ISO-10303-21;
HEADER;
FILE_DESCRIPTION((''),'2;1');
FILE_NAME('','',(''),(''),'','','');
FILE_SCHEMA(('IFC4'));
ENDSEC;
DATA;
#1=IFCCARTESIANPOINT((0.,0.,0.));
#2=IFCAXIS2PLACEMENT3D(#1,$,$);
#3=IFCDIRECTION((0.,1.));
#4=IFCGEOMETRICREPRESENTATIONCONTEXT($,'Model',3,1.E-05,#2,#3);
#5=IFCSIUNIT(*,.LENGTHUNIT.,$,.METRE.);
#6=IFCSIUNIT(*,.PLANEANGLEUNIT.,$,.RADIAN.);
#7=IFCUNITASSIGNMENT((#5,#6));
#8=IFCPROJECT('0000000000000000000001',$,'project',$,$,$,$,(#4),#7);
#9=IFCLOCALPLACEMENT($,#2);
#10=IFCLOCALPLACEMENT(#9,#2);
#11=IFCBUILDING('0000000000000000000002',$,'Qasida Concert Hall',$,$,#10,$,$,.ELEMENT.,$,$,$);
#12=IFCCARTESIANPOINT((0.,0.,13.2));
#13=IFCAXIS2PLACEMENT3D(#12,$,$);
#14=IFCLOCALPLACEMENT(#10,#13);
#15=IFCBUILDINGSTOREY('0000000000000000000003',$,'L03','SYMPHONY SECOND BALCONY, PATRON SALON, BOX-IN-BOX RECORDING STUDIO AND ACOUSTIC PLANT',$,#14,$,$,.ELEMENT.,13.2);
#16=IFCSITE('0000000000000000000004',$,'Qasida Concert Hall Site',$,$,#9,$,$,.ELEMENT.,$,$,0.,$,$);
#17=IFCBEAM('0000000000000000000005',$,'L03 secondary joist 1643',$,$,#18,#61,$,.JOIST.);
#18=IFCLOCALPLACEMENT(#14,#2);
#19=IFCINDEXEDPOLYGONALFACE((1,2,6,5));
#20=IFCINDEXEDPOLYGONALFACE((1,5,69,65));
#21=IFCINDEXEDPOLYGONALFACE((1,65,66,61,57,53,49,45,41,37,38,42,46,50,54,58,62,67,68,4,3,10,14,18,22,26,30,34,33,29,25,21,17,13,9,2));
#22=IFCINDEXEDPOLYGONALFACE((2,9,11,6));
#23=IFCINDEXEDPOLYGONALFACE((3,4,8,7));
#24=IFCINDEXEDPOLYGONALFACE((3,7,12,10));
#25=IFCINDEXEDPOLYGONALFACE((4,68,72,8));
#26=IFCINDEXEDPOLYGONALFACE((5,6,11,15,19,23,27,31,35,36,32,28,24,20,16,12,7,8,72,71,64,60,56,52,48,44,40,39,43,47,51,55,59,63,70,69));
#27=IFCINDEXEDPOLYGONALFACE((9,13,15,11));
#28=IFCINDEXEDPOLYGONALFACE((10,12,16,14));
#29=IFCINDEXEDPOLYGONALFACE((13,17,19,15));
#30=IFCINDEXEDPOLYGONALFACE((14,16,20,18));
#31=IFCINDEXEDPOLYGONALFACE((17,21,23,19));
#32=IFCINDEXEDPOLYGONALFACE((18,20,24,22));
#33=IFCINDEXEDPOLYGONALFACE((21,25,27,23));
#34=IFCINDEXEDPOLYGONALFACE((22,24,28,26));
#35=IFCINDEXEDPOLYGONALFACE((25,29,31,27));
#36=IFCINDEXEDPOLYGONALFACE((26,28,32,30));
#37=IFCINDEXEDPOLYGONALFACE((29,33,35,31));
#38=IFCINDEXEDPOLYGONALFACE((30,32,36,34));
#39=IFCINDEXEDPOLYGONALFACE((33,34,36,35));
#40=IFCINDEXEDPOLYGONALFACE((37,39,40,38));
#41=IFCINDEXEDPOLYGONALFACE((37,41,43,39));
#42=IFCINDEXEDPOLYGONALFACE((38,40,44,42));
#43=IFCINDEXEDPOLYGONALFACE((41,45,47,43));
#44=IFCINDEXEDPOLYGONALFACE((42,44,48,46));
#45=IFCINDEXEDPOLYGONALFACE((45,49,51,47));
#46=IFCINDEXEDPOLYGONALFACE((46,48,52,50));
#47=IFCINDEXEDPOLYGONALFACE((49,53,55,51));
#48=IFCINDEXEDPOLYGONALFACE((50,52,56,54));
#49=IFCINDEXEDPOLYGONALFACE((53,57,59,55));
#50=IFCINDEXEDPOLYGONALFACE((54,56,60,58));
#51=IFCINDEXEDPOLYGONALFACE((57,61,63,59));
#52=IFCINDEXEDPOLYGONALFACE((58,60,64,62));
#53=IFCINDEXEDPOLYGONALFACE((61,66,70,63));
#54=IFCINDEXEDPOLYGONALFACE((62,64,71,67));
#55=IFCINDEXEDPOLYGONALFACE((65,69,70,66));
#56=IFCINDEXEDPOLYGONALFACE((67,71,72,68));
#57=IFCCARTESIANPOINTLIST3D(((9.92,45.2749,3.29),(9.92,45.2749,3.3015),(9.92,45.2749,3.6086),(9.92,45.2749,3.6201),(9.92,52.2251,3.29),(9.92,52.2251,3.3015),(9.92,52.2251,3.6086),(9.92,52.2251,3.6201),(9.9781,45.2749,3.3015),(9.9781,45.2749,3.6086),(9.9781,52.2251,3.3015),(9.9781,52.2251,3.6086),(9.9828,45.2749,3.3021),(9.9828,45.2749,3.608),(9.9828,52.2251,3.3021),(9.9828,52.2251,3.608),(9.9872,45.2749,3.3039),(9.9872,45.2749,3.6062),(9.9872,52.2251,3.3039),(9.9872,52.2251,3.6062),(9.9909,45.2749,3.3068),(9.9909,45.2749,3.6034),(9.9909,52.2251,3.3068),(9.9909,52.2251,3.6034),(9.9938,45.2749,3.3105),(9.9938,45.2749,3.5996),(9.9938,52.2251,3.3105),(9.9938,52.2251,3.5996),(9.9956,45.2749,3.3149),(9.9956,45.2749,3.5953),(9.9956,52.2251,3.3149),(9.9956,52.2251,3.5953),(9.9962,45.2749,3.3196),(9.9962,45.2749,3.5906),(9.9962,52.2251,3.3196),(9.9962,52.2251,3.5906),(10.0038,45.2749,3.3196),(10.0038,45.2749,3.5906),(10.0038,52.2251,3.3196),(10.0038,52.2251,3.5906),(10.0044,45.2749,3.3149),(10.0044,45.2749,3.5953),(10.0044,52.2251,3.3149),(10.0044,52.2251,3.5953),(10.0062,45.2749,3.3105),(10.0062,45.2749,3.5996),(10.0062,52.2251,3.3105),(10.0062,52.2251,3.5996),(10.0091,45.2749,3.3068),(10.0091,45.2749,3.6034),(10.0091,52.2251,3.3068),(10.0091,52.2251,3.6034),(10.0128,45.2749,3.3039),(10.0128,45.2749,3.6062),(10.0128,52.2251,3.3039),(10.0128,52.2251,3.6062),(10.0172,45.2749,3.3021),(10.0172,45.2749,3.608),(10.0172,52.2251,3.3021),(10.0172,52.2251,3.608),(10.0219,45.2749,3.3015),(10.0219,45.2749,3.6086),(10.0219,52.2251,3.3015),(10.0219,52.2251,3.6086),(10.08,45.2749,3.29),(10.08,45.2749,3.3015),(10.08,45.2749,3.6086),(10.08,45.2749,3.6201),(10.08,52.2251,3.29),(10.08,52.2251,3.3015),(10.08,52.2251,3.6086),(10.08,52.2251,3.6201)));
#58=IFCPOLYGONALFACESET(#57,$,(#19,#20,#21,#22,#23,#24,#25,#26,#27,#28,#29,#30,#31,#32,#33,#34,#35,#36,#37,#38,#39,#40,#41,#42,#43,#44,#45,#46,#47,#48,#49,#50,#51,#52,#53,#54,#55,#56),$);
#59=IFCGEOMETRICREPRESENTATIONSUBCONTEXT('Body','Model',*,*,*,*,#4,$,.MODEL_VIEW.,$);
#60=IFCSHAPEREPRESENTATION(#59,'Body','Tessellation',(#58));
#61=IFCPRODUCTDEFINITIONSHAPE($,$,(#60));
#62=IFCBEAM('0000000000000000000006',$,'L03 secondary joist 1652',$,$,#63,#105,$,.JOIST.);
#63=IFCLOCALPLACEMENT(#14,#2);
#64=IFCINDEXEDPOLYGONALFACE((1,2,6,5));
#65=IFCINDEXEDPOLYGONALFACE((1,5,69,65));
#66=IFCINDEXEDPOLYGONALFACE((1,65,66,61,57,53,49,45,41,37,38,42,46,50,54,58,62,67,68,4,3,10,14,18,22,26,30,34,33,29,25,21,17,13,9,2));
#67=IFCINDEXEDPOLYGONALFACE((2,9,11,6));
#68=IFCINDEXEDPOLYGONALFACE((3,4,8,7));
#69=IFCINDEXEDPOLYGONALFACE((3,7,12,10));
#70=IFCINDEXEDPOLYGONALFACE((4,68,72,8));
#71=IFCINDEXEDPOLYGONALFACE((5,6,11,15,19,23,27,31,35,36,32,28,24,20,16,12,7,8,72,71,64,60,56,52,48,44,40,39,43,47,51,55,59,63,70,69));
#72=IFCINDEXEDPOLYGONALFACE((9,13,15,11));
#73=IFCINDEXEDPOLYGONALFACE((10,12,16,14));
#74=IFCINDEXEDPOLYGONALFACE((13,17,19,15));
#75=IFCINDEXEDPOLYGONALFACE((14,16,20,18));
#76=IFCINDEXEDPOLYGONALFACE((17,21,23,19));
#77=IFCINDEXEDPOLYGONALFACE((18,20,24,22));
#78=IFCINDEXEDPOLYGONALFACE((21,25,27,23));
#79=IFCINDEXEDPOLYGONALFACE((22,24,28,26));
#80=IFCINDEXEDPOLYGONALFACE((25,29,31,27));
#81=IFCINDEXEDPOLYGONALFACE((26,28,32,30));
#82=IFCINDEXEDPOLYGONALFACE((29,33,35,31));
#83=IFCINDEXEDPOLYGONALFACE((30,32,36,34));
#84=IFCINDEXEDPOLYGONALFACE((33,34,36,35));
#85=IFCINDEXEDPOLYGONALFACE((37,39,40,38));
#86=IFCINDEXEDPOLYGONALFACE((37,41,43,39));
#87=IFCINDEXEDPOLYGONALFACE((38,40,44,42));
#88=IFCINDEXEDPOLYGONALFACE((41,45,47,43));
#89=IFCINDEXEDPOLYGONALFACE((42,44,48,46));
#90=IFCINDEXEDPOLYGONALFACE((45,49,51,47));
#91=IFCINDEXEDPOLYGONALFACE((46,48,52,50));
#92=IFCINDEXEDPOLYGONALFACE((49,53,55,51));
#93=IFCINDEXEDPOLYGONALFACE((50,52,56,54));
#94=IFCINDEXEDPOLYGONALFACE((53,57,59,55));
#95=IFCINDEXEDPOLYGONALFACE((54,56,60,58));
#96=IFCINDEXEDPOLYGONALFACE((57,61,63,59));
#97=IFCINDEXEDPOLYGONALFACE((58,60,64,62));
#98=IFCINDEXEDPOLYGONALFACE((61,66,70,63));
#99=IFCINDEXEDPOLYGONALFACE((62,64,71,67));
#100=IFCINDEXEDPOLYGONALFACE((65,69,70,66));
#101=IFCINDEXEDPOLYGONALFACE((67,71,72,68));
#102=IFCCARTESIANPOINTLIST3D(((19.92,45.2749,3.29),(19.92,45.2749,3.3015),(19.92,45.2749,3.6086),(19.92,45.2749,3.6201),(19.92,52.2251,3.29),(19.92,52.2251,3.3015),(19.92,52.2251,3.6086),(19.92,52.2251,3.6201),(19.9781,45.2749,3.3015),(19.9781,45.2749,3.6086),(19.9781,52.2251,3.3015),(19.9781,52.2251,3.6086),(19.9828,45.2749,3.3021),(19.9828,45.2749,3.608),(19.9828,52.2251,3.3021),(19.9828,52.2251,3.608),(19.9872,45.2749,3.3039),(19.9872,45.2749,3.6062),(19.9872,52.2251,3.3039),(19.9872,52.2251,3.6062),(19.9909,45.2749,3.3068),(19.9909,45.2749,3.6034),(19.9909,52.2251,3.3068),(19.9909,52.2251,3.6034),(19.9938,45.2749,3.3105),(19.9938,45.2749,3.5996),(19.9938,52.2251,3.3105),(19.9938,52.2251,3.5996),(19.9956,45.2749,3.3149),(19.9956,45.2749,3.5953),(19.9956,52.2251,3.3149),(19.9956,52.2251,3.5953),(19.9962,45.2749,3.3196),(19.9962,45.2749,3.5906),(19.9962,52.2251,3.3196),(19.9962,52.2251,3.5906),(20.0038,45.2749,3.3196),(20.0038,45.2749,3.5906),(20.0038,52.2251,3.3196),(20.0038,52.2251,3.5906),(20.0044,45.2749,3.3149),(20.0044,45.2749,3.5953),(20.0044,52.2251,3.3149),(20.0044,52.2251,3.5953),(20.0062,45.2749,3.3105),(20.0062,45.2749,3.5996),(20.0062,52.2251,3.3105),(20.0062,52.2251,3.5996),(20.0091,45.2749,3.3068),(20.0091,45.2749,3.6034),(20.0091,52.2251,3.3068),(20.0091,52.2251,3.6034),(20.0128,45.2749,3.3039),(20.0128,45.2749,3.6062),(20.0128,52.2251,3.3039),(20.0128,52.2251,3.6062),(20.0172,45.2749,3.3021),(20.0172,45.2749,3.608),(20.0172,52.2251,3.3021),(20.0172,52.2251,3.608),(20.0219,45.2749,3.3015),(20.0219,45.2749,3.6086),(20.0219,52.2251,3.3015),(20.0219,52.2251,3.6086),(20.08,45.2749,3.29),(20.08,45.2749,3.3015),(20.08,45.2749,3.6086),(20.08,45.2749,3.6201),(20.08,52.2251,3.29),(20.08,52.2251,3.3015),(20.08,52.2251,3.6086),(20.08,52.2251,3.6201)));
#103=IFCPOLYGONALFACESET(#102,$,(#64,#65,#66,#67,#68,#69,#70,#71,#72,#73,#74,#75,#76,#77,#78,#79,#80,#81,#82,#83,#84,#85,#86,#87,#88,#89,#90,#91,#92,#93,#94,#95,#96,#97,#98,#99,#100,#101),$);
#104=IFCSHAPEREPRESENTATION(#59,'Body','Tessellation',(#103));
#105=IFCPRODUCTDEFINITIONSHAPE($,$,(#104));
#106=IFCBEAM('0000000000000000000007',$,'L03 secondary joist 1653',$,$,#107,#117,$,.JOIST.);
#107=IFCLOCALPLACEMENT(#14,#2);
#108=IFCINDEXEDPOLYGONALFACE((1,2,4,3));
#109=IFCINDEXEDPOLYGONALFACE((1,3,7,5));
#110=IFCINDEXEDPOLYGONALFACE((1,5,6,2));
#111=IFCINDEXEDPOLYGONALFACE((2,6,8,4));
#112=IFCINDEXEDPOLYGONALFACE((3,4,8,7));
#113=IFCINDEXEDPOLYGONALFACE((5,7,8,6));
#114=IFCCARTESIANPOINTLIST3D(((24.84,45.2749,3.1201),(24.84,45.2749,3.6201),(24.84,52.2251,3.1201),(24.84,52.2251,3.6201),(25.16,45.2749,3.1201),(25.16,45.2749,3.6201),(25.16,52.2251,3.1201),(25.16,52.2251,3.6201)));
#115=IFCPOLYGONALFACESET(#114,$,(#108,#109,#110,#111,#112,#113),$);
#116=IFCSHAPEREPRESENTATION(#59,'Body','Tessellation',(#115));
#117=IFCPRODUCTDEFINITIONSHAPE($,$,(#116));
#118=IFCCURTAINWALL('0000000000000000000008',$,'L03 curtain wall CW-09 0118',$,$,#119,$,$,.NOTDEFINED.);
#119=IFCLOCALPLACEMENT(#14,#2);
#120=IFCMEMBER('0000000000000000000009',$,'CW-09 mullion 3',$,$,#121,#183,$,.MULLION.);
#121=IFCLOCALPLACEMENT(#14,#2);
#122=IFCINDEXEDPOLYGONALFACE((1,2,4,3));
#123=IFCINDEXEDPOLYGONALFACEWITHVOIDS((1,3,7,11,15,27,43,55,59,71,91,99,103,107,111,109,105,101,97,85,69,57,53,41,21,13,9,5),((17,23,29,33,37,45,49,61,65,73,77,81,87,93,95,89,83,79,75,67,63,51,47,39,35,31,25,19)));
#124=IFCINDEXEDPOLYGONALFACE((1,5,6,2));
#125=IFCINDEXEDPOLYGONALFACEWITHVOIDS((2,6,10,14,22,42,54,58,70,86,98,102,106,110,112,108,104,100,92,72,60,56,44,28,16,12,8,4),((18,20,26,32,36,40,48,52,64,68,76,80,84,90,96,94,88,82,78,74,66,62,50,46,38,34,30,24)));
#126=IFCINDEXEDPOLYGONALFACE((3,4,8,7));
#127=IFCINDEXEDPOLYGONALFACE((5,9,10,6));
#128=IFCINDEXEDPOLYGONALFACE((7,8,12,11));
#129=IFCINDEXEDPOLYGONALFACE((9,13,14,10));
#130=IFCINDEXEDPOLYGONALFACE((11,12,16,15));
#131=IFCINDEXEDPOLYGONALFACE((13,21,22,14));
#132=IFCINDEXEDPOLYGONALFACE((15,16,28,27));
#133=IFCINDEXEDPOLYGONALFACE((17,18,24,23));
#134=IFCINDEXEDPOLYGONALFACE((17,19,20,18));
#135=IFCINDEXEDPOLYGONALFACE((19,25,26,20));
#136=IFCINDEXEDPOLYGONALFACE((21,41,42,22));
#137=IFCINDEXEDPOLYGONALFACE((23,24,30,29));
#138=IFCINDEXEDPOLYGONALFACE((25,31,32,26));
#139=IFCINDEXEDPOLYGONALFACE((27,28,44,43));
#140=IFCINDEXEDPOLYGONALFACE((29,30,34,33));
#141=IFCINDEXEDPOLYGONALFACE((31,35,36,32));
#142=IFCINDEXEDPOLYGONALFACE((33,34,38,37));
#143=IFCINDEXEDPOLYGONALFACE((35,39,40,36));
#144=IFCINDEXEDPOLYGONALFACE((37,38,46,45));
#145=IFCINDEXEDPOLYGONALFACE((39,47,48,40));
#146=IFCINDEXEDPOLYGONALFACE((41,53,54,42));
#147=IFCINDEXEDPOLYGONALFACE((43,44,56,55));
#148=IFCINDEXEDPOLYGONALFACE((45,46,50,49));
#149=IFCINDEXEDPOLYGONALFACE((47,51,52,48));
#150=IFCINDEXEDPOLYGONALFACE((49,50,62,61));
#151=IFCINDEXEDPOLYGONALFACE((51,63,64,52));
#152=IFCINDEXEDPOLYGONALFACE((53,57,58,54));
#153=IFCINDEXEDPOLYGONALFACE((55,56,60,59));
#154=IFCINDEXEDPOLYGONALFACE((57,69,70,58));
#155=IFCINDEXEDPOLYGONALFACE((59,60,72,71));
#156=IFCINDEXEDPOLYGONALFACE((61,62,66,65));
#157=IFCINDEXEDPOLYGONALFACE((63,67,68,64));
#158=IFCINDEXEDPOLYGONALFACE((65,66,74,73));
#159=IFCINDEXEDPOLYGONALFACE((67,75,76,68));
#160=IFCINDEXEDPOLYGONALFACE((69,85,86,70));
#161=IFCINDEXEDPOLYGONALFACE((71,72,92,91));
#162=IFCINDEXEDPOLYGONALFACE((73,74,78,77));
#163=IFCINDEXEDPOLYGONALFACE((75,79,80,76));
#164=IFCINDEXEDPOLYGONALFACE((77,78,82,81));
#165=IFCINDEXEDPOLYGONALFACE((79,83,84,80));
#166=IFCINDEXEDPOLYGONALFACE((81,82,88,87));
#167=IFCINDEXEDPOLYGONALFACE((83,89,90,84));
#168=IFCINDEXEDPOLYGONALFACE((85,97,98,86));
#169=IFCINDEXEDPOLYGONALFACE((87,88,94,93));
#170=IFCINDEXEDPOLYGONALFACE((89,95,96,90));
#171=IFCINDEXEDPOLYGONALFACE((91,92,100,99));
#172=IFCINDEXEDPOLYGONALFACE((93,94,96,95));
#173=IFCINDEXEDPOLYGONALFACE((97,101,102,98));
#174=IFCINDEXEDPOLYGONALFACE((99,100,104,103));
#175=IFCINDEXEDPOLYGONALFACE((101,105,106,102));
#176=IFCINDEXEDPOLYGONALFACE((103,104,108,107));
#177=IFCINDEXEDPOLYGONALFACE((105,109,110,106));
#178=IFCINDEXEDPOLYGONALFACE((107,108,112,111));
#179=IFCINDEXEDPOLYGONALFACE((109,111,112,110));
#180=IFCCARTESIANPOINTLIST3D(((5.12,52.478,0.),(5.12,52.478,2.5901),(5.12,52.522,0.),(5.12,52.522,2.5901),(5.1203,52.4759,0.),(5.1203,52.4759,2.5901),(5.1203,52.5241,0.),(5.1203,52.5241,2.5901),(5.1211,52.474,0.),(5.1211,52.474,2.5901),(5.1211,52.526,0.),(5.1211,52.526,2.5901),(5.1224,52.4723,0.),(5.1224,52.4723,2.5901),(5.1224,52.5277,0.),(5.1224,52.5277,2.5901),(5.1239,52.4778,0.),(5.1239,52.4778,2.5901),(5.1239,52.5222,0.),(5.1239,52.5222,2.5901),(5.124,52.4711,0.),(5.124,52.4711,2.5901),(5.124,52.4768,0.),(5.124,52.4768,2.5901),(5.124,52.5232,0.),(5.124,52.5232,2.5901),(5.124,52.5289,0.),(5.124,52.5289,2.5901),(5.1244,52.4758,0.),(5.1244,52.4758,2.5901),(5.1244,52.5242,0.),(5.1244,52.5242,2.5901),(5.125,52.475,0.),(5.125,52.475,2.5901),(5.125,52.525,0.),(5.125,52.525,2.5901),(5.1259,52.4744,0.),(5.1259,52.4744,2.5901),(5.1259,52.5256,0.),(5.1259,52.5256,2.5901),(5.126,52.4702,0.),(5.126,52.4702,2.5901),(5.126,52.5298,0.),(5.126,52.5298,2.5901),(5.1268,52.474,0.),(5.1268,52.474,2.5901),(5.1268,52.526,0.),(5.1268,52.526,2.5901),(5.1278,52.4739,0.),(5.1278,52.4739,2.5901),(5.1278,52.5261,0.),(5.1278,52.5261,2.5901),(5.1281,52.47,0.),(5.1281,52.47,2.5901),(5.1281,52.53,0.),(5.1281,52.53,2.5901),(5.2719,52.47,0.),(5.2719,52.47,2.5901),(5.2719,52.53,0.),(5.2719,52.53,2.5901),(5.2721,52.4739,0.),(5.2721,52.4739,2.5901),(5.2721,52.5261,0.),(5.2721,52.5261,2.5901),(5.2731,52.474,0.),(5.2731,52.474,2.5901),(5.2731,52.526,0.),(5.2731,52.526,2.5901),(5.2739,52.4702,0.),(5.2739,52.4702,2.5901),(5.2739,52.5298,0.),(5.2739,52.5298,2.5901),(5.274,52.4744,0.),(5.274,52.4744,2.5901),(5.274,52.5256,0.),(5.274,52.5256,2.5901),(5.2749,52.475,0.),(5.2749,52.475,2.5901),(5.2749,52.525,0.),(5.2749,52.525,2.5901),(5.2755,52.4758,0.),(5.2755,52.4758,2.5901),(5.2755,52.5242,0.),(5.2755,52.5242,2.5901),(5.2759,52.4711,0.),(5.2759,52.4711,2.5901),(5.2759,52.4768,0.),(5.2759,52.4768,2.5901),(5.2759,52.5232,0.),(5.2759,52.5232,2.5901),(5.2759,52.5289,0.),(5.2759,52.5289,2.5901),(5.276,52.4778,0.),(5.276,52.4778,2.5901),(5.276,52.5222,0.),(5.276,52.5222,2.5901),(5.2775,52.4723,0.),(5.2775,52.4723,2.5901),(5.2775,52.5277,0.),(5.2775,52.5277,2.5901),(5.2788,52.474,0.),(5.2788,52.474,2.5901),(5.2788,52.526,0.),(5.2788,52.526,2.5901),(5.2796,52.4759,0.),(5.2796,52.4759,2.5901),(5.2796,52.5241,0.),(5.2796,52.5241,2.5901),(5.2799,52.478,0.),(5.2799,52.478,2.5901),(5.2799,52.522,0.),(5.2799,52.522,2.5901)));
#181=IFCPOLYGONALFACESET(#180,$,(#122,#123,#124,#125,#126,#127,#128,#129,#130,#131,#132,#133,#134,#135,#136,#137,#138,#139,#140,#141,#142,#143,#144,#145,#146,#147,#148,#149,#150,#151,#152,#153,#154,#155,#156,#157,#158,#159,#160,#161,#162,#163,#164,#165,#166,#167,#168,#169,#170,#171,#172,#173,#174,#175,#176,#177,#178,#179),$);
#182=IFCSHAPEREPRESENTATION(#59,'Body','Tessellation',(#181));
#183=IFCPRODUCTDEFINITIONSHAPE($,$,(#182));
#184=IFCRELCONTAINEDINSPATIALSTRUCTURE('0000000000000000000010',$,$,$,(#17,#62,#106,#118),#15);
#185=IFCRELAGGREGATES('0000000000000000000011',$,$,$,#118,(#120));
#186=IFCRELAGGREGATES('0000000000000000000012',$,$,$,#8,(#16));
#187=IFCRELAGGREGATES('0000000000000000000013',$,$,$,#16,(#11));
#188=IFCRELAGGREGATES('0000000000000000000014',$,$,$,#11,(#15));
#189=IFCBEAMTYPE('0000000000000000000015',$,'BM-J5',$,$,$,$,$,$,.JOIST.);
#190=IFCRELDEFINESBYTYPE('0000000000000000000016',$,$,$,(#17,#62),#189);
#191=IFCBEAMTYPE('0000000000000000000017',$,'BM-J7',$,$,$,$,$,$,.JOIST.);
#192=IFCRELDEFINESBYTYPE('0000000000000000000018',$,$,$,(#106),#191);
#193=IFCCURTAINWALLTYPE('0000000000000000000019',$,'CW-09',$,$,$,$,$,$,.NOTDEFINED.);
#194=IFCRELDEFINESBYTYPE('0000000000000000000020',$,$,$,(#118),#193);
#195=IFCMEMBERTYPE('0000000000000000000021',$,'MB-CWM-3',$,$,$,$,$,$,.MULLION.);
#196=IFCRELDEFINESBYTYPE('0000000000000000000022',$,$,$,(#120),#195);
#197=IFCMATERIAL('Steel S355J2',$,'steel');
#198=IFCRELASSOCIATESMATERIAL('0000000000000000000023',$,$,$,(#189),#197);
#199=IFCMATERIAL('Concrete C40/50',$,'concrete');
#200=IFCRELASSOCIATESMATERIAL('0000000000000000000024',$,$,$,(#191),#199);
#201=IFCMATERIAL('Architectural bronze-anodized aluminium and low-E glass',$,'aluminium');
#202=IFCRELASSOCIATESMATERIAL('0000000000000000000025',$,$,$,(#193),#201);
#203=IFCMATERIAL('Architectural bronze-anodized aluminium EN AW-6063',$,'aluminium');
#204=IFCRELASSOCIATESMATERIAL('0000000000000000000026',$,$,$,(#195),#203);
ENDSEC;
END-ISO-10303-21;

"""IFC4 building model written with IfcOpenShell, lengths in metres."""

from ifc_helpers import new_model, si_unit, direction, frame, origin, origin_2d, place, context, subcontext, project, spatial, rectangle, hollow_rectangle, i_section, extrude, material, material_profile, profile_set, type_object, element, aggregate, save


model = new_model("IFC4")

# Units and contexts
model_context = context("Model", 3, precision=1e-05, world=origin(), true_north=direction((0.0, 1.0)))
body_context = subcontext(model_context, "Body", "Model", "MODEL_VIEW")
ifc_project = project(units=[si_unit("LENGTHUNIT", "METRE"), si_unit("PLANEANGLEUNIT", "RADIAN")], contexts=[model_context])

# Site, building, storey
site_placement = place(None, origin())
site = spatial("IfcSite", under=ifc_project, at=site_placement, Name="Qasida Concert Hall Site", CompositionType="ELEMENT", RefElevation=0.0)
building_placement = place(site_placement, origin())
building = spatial("IfcBuilding", under=site, at=building_placement, Name="Qasida Concert Hall", CompositionType="ELEMENT")
storey_placement = place(building_placement, frame((0.0, 0.0, 13.2)))
storey = spatial("IfcBuildingStorey", under=building, at=storey_placement, Name="L03", Description="SYMPHONY SECOND BALCONY, PATRON SALON, BOX-IN-BOX RECORDING STUDIO AND ACOUSTIC PLANT", CompositionType="ELEMENT", Elevation=13.2)

# Beams
ifc_material_1 = material(Name="Steel S355J2", Category="steel")
ifc_material_2 = material(Name="Concrete C40/50", Category="concrete")
ifc_material_profile_1 = material_profile(ifc_material_1, i_section(OverallWidth=0.1599, OverallDepth=0.3301, WebThickness=0.0076, FlangeThickness=0.0115, FilletRadius=0.0181, at=origin_2d()), Name="IPE 330")
ifc_profile_set_1 = profile_set([ifc_material_profile_1], Name="Steel S355J2")
beam_type_1 = type_object("IfcBeamType", Name="BM-J5", PredefinedType="JOIST", material=ifc_profile_set_1)
for number, where, z_axis, x_axis, name in (
    (1, (10.0, 45.2749, 3.4551), (0.0, 1.0, 0.0), (-1.0, 0.0, 0.0), "L03 secondary joist 1643"),
    (2, (20.0, 45.2749, 3.4551), (0.0, 1.0, 0.0), (-1.0, 0.0, 0.0), "L03 secondary joist 1652"),
):
    element("IfcBeam", number, at=place(storey_placement, frame(where, z_axis=z_axis, x_axis=x_axis)), inside=storey, type_object=beam_type_1, Name=name, PredefinedType="JOIST", context=body_context, shape_type="SweptSolid", body=[
        extrude(i_section(OverallWidth=0.1599, OverallDepth=0.3301, WebThickness=0.0076, FlangeThickness=0.0115, FilletRadius=0.0181, at=origin_2d()), origin(), (0.0, 0.0, 1.0), 6.9502),
    ])
ifc_material_profile_2 = material_profile(ifc_material_2, rectangle(XDim=0.3201, YDim=0.5, at=origin_2d()), Name="RC 320x500")
ifc_profile_set_2 = profile_set([ifc_material_profile_2], Name="Concrete C40/50")
beam_type_2 = type_object("IfcBeamType", Name="BM-J7", PredefinedType="JOIST", material=ifc_profile_set_2)
beam_1_placement = place(storey_placement, frame((25.0, 45.2749, 3.3701), z_axis=(0.0, 1.0, 0.0), x_axis=(-1.0, 0.0, 0.0)))
element("IfcBeam", 3, at=beam_1_placement, inside=storey, type_object=beam_type_2, Name="L03 secondary joist 1653", PredefinedType="JOIST", context=body_context, shape_type="SweptSolid", body=[
    extrude(rectangle(XDim=0.3201, YDim=0.5, at=origin_2d()), origin(), (0.0, 0.0, 1.0), 6.9502),
])

# Curtain wall, member
ifc_material_3 = material(Name="Architectural bronze-anodized aluminium and low-E glass", Category="aluminium")
curtain_wall_type = type_object("IfcCurtainWallType", Name="CW-09", PredefinedType="NOTDEFINED", material=ifc_material_3)
curtain_wall_1_placement = place(storey_placement, origin())
curtain_wall_1 = element("IfcCurtainWall", 4, at=curtain_wall_1_placement, inside=storey, type_object=curtain_wall_type, Name="L03 curtain wall CW-09 0118", PredefinedType="NOTDEFINED")
ifc_material_4 = material(Name="Architectural bronze-anodized aluminium EN AW-6063", Category="aluminium")
ifc_material_profile_3 = material_profile(ifc_material_4, hollow_rectangle(XDim=0.0601, YDim=0.1599, WallThickness=0.0039, InnerFilletRadius=0.0039, OuterFilletRadius=0.0081, at=origin_2d()), Name="CWM 160x60x4")
ifc_profile_set_3 = profile_set([ifc_material_profile_3], Name="Architectural bronze-anodized aluminium EN AW-6063")
member_type_1 = type_object("IfcMemberType", Name="MB-CWM-3", PredefinedType="MULLION", material=ifc_profile_set_3)
member_1_placement = place(storey_placement, frame((5.2, 52.5, 0.0), z_axis=(0.0, 0.0, 1.0), x_axis=(0.0, 1.0, 0.0)))
member_1 = element("IfcMember", 5, at=member_1_placement, type_object=member_type_1, Name="CW-09 mullion 3", PredefinedType="MULLION", context=body_context, shape_type="SweptSolid", body=[
    extrude(hollow_rectangle(XDim=0.0601, YDim=0.1599, WallThickness=0.0039, InnerFilletRadius=0.0039, OuterFilletRadius=0.0081, at=origin_2d()), origin(), (0.0, 0.0, 1.0), 2.5901),
])

aggregate(curtain_wall_1, [member_1])

save(model, "model.ifc")
